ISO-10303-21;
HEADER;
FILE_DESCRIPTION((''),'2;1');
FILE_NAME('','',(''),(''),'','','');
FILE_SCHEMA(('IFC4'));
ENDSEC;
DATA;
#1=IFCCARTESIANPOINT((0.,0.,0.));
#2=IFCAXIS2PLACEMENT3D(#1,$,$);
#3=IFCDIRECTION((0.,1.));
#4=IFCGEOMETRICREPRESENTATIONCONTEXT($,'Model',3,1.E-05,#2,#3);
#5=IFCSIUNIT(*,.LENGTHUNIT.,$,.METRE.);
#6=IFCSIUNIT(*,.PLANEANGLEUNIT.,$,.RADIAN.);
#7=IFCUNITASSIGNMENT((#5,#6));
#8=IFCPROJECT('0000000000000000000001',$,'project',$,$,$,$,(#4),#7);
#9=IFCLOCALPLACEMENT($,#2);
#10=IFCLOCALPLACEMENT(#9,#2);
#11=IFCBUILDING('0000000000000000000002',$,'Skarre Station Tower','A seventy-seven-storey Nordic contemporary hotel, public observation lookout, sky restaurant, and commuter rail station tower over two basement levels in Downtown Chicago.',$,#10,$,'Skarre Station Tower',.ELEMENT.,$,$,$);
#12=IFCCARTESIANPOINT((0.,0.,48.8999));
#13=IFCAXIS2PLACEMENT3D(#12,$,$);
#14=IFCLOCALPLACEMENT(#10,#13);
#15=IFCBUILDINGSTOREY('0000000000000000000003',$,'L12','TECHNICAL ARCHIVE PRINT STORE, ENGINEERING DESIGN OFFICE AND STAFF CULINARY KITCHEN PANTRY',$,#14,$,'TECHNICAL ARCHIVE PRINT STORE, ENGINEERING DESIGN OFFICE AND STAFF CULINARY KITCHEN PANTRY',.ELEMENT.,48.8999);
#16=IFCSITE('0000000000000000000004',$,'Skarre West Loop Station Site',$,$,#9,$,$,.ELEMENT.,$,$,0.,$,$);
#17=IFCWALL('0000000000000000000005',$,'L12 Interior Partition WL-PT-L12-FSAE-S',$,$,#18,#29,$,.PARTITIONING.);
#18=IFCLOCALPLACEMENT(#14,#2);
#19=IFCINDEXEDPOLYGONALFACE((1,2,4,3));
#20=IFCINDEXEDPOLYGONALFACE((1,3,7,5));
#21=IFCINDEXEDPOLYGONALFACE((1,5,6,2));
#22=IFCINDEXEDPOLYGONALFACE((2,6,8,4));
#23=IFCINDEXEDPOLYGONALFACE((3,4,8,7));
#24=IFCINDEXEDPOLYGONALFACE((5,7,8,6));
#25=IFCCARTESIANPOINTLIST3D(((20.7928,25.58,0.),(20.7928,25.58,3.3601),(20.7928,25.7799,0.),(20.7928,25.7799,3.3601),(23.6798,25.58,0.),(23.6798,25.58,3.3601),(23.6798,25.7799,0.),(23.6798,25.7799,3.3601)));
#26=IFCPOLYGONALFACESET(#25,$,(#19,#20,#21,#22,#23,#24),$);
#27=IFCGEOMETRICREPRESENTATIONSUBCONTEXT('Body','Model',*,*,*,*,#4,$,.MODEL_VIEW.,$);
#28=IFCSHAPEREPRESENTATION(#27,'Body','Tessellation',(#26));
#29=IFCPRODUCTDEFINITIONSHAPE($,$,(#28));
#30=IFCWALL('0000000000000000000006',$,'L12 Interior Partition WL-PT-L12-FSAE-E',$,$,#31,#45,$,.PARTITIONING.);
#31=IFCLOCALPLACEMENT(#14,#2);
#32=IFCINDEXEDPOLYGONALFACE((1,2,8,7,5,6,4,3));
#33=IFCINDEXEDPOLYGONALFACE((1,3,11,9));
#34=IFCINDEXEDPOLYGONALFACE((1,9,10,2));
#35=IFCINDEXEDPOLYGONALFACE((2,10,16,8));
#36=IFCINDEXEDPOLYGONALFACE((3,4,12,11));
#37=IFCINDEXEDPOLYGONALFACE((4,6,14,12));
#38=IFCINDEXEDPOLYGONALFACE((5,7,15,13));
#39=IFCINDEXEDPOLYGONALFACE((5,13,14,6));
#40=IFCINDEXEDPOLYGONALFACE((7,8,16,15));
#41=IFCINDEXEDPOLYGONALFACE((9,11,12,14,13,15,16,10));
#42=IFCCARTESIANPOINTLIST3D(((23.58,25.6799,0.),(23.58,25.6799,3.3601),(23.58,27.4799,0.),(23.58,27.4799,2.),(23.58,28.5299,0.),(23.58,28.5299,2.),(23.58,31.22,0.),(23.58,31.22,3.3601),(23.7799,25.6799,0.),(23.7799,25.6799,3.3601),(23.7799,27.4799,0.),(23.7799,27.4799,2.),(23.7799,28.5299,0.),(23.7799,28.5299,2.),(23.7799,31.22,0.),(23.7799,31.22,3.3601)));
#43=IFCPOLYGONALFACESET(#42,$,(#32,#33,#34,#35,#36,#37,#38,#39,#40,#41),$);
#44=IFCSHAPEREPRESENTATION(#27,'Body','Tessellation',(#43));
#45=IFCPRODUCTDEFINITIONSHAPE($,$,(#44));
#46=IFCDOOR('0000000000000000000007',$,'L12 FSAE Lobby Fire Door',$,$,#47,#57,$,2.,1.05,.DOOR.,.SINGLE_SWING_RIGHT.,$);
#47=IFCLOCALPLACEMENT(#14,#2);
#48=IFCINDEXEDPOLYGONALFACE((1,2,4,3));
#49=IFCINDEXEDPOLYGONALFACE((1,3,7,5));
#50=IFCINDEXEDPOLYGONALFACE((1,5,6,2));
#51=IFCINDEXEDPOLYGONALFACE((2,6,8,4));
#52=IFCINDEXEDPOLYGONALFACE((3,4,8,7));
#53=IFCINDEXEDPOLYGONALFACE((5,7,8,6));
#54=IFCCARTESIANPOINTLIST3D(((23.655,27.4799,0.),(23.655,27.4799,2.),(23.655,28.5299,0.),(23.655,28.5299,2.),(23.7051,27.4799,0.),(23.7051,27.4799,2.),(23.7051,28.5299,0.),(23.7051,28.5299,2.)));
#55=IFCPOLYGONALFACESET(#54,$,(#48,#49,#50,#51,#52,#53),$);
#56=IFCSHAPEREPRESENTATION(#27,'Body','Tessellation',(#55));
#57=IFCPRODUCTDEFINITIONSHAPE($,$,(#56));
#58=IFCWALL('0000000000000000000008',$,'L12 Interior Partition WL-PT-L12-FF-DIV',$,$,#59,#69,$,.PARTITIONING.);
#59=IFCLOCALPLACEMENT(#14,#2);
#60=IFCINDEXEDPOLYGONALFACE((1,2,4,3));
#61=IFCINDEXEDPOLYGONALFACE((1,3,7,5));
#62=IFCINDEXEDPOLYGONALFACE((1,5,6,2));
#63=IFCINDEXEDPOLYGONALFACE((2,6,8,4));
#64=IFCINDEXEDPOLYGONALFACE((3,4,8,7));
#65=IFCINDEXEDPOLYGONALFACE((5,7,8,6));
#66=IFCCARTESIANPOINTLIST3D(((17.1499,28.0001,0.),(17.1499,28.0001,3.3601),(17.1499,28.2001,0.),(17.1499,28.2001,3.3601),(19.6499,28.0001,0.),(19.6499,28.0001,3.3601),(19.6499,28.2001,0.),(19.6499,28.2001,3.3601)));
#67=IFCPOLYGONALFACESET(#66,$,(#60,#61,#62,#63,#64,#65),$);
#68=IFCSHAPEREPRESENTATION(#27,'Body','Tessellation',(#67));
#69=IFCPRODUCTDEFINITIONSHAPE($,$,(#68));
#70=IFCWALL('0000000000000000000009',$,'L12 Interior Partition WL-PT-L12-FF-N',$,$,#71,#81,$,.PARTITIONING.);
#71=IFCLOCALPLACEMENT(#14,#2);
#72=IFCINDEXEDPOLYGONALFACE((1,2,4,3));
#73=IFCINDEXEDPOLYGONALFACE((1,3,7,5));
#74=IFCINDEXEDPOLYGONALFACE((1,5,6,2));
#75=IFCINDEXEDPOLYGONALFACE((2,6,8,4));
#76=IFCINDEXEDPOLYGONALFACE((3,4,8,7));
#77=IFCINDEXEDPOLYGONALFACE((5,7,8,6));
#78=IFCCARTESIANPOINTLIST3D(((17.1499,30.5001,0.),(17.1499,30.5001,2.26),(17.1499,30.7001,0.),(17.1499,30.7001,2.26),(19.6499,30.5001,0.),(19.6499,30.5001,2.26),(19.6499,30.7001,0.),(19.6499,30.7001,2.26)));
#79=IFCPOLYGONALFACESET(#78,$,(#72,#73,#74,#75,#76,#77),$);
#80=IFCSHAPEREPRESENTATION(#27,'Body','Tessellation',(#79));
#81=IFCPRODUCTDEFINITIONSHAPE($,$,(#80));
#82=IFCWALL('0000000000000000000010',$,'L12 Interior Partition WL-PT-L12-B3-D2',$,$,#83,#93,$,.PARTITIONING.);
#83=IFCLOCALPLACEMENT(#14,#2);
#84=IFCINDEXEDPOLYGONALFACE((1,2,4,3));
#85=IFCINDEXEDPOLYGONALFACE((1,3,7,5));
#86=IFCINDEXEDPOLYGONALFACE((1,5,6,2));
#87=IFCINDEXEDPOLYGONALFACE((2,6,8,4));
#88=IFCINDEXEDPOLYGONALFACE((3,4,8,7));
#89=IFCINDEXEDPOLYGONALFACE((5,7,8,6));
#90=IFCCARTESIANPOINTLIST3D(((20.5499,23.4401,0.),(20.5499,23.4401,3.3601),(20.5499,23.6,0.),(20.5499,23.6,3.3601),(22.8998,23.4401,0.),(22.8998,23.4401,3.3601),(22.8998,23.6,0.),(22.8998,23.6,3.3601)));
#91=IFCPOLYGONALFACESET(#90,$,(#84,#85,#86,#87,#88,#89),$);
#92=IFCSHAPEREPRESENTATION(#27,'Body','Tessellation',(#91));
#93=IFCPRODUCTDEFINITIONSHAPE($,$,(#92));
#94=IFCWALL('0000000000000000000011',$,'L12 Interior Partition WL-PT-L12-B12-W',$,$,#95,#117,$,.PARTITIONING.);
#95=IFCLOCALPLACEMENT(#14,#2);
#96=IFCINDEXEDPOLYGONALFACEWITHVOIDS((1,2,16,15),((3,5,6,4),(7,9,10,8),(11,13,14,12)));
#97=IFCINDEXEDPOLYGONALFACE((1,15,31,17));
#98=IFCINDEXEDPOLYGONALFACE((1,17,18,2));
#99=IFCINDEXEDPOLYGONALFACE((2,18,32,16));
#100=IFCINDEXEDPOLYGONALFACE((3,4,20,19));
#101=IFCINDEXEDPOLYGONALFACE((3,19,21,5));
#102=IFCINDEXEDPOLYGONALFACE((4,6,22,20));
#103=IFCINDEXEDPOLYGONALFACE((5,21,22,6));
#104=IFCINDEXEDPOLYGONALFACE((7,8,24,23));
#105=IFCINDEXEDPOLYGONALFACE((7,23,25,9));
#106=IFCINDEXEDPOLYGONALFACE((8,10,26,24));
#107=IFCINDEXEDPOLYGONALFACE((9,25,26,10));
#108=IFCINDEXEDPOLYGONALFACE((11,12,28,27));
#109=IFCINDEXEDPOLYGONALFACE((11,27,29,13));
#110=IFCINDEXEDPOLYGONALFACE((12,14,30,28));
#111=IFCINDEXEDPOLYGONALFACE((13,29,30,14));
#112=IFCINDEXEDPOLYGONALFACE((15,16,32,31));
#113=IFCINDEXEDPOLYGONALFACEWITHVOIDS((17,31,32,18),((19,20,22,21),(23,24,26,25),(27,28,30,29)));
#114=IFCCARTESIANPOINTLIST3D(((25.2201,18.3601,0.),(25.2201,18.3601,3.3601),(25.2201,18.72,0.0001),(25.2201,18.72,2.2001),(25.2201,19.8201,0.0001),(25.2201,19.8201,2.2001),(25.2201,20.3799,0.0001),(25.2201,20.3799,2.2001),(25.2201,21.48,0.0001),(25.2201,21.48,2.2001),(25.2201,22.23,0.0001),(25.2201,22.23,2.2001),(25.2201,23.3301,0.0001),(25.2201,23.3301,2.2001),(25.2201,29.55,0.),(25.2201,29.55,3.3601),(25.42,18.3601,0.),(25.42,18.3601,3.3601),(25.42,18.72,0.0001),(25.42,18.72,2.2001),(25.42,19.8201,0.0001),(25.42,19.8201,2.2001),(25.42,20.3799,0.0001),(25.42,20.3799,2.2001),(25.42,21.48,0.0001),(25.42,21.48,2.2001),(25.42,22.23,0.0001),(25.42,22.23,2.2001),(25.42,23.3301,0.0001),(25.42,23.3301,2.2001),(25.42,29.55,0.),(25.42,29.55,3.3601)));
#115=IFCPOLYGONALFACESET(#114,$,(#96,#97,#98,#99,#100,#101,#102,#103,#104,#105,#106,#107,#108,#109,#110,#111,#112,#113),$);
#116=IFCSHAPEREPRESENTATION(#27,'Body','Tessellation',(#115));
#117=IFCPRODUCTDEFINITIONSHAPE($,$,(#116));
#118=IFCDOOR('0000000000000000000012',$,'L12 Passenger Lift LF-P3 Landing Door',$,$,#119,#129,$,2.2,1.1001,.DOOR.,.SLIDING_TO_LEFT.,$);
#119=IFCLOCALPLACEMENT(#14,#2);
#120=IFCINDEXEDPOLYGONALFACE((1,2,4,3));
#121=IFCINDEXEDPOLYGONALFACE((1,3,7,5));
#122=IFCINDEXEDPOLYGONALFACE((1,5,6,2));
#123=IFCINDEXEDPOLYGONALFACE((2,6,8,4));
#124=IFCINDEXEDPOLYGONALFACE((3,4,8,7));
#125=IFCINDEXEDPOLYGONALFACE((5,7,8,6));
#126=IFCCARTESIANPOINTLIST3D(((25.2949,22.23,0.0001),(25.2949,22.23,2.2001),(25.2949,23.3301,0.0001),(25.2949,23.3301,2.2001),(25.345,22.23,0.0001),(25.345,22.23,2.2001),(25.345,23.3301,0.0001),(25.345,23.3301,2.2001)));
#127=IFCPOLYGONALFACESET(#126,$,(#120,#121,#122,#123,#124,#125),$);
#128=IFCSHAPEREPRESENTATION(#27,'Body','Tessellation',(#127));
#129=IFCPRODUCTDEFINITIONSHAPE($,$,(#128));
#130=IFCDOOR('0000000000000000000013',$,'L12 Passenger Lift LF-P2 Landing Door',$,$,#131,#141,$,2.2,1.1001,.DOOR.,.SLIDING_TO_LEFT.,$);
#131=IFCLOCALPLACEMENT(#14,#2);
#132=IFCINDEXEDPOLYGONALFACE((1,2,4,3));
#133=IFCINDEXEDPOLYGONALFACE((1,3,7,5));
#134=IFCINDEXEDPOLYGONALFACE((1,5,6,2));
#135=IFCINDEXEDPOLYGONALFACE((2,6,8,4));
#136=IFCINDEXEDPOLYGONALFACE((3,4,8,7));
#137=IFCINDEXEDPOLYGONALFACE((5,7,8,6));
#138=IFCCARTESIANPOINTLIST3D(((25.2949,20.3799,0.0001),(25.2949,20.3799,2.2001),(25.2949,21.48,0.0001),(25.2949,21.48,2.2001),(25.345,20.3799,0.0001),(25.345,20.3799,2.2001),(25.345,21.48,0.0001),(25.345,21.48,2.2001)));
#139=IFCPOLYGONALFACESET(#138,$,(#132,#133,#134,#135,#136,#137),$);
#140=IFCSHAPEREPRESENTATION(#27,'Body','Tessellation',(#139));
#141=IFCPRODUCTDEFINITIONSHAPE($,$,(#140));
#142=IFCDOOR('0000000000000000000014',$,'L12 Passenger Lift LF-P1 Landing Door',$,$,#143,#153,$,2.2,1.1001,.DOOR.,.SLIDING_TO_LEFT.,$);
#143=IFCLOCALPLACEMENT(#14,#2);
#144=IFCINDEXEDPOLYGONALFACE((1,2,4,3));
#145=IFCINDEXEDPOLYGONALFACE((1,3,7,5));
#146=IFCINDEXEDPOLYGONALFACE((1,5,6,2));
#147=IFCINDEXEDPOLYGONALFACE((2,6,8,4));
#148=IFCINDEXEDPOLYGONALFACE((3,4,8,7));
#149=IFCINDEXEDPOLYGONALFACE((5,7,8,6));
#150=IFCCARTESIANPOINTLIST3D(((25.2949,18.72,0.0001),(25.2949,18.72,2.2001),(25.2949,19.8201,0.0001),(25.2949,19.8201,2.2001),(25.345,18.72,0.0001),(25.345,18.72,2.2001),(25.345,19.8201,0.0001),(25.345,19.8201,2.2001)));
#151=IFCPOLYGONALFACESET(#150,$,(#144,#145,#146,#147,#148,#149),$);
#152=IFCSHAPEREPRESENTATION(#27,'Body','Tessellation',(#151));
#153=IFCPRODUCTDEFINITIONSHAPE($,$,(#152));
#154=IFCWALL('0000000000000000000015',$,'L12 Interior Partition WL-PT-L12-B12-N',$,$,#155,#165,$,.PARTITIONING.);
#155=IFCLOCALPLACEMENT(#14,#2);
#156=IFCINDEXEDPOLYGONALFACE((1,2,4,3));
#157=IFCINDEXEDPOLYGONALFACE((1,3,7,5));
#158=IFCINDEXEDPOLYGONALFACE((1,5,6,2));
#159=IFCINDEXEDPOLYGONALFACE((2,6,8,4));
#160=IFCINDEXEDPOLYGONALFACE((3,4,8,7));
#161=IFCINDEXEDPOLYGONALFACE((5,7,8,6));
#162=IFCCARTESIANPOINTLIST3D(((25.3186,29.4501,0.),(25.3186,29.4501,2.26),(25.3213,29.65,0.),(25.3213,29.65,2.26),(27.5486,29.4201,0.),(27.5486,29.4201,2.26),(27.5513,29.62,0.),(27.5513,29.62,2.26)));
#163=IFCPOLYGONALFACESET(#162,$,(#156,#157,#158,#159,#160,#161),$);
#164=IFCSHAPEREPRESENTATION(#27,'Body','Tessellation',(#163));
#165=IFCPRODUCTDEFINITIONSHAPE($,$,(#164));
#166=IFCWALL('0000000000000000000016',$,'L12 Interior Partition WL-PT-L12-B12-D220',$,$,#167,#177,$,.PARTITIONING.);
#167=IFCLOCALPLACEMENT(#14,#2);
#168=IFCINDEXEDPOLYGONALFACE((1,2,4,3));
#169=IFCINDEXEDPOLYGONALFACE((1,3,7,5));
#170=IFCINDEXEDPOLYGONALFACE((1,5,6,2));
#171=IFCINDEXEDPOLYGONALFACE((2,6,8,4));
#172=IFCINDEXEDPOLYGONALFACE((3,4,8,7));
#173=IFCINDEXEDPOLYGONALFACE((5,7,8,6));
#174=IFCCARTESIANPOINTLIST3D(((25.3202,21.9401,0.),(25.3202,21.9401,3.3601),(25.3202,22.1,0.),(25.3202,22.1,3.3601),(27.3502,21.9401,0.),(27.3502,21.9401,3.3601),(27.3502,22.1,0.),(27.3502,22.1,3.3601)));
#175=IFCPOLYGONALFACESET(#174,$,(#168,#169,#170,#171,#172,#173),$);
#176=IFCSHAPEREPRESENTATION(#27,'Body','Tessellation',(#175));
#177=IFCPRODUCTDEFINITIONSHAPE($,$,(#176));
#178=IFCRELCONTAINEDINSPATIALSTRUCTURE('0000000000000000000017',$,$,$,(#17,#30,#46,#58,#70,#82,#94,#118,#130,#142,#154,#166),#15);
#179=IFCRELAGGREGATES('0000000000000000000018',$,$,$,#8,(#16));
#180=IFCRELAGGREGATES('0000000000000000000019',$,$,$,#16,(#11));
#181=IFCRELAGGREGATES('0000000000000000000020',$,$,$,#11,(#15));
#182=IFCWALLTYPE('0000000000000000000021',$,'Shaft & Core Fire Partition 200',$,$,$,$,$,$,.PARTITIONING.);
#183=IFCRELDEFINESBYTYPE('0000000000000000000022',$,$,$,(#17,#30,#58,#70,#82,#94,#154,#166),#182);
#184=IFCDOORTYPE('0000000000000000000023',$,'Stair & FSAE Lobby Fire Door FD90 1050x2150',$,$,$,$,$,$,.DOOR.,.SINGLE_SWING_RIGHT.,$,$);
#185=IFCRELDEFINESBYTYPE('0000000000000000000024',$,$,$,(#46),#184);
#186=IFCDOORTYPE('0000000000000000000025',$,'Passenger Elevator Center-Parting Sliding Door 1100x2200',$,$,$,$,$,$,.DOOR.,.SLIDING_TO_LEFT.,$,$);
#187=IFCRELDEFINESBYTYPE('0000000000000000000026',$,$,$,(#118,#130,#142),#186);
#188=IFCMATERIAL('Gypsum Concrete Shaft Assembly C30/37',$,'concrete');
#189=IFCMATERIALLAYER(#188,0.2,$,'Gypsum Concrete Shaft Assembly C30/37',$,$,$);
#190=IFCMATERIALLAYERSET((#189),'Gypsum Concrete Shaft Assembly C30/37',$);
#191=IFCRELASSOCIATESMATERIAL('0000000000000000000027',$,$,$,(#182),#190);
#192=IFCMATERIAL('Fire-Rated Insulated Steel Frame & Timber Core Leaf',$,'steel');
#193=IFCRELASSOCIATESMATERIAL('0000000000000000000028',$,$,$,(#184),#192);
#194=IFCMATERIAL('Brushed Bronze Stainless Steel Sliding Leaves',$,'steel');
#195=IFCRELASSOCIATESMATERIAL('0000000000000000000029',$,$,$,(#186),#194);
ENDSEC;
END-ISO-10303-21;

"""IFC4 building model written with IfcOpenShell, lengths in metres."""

from ifc_helpers import new_model, si_unit, direction, frame, frame_2d, origin, place, context, subcontext, project, spatial, rectangle, extrude, material, layer, layer_set, type_object, element, fill, save


model = new_model("IFC4")

# Units and contexts
model_context = context("Model", 3, precision=1e-05, world=origin(), true_north=direction((0.0, 1.0)))
body_context = subcontext(model_context, "Body", "Model", "MODEL_VIEW")
ifc_project = project(units=[si_unit("LENGTHUNIT", "METRE"), si_unit("PLANEANGLEUNIT", "RADIAN")], contexts=[model_context])

# Site, building, storey
site_placement = place(None, origin())
site = spatial("IfcSite", under=ifc_project, at=site_placement, Name="Skarre West Loop Station Site", CompositionType="ELEMENT", RefElevation=0.0)
building_placement = place(site_placement, origin())
building = spatial("IfcBuilding", under=site, at=building_placement, Name="Skarre Station Tower", Description="A seventy-seven-storey Nordic contemporary hotel, public observation lookout, sky restaurant, and commuter rail station tower over two basement levels in Downtown Chicago.", LongName="Skarre Station Tower", CompositionType="ELEMENT")
storey_placement = place(building_placement, frame((0.0, 0.0, 48.8999)))
storey = spatial("IfcBuildingStorey", under=building, at=storey_placement, Name="L12", Description="TECHNICAL ARCHIVE PRINT STORE, ENGINEERING DESIGN OFFICE AND STAFF CULINARY KITCHEN PANTRY", LongName="TECHNICAL ARCHIVE PRINT STORE, ENGINEERING DESIGN OFFICE AND STAFF CULINARY KITCHEN PANTRY", CompositionType="ELEMENT", Elevation=48.8999)

# Shared definitions
ifc_material_1 = material(Name="Gypsum Concrete Shaft Assembly C30/37", Category="concrete")
ifc_layer_1 = layer(ifc_material_1, 0.2, Name="Gypsum Concrete Shaft Assembly C30/37")
ifc_layer_set_1 = layer_set([ifc_layer_1], Name="Gypsum Concrete Shaft Assembly C30/37")
wall_type_1 = type_object("IfcWallType", Name="Shaft & Core Fire Partition 200", PredefinedType="PARTITIONING", material=ifc_layer_set_1)

# Wall
wall_1_placement = place(storey_placement, frame((20.793, 25.6799, 0.0), z_axis=(0.0, 0.0, 1.0), x_axis=(1.0, 0.0, 0.0)))
element("IfcWall", 1, at=wall_1_placement, inside=storey, type_object=wall_type_1, Name="L12 Interior Partition WL-PT-L12-FSAE-S", PredefinedType="PARTITIONING", context=body_context, shape_type="SweptSolid", body=[
    extrude(rectangle(XDim=2.887, YDim=0.2, at=frame_2d((1.4434, 0.0))), origin(), (0.0, 0.0, 1.0), 3.3601),
])

# Wall, opening, door
wall_2_placement = place(storey_placement, frame((23.6799, 25.6799, 0.0), z_axis=(0.0, 0.0, 1.0), x_axis=(0.0, 1.0, 0.0)))
wall_2 = element("IfcWall", 2, at=wall_2_placement, inside=storey, type_object=wall_type_1, Name="L12 Interior Partition WL-PT-L12-FSAE-E", PredefinedType="PARTITIONING", context=body_context, shape_type="SweptSolid", body=[
    extrude(rectangle(XDim=5.54, YDim=0.2, at=frame_2d((2.77, 0.0))), origin(), (0.0, 0.0, 1.0), 3.3601),
])
opening_1_placement = place(wall_2_placement, frame((1.8, 0.0, 0.0)))
opening_1 = element("IfcOpeningElement", 3, at=opening_1_placement, cuts=wall_2, PredefinedType="OPENING", context=body_context, shape_type="SweptSolid", body=[
    extrude(rectangle(XDim=1.05, YDim=2.0, at=frame_2d((0.5249, 1.0))), frame((0.0, 0.1099, 0.0), z_axis=(0.0, -1.0, 0.0), x_axis=(1.0, 0.0, 0.0)), (0.0, 0.0, 1.0), 0.22),
])
ifc_material_2 = material(Name="Fire-Rated Insulated Steel Frame & Timber Core Leaf", Category="steel")
door_type_1 = type_object("IfcDoorType", Name="Stair & FSAE Lobby Fire Door FD90 1050x2150", OperationType="SINGLE_SWING_RIGHT", PredefinedType="DOOR", material=ifc_material_2)
door_1_placement = place(opening_1_placement, origin())
door_1 = element("IfcDoor", 4, at=door_1_placement, inside=storey, type_object=door_type_1, Name="L12 FSAE Lobby Fire Door", OperationType="SINGLE_SWING_RIGHT", OverallHeight=2.0, OverallWidth=1.05, PredefinedType="DOOR", context=body_context, shape_type="SweptSolid", body=[
    extrude(rectangle(XDim=1.05, YDim=2.0, at=frame_2d((0.5249, 1.0))), frame((0.0, 0.0249, 0.0), z_axis=(0.0, -1.0, 0.0), x_axis=(1.0, 0.0, 0.0)), (0.0, 0.0, 1.0), 0.05),
])
fill(opening_1, door_1)

# Walls
wall_3_placement = place(storey_placement, frame((17.1499, 28.1001, 0.0), z_axis=(0.0, 0.0, 1.0), x_axis=(1.0, 0.0, 0.0)))
element("IfcWall", 5, at=wall_3_placement, inside=storey, type_object=wall_type_1, Name="L12 Interior Partition WL-PT-L12-FF-DIV", PredefinedType="PARTITIONING", context=body_context, shape_type="SweptSolid", body=[
    extrude(rectangle(XDim=2.5, YDim=0.2, at=frame_2d((1.25, 0.0))), origin(), (0.0, 0.0, 1.0), 3.3601),
])
wall_4_placement = place(storey_placement, frame((19.6499, 30.6001, 0.0), z_axis=(0.0, 0.0, 1.0), x_axis=(-1.0, 0.0, 0.0)))
element("IfcWall", 6, at=wall_4_placement, inside=storey, type_object=wall_type_1, Name="L12 Interior Partition WL-PT-L12-FF-N", PredefinedType="PARTITIONING", context=body_context, shape_type="SweptSolid", body=[
    extrude(rectangle(XDim=2.5, YDim=0.2, at=frame_2d((1.25, 0.0))), origin(), (0.0, 0.0, 1.0), 2.26),
])
wall_5_placement = place(storey_placement, frame((20.55, 23.52, 0.0), z_axis=(0.0, 0.0, 1.0), x_axis=(1.0, 0.0, 0.0)))
element("IfcWall", 7, at=wall_5_placement, inside=storey, type_object=wall_type_1, Name="L12 Interior Partition WL-PT-L12-B3-D2", PredefinedType="PARTITIONING", context=body_context, shape_type="SweptSolid", body=[
    extrude(rectangle(XDim=2.3499, YDim=0.1599, at=frame_2d((1.1748, 0.0))), origin(), (0.0, 0.0, 1.0), 3.3601),
])

# Wall, openings, doors
wall_6_placement = place(storey_placement, frame((25.3201, 29.55, 0.0), z_axis=(0.0, 0.0, 1.0), x_axis=(0.0, -1.0, 0.0)))
wall_6 = element("IfcWall", 8, at=wall_6_placement, inside=storey, type_object=wall_type_1, Name="L12 Interior Partition WL-PT-L12-B12-W", PredefinedType="PARTITIONING", context=body_context, shape_type="SweptSolid", body=[
    extrude(rectangle(XDim=11.1899, YDim=0.2, at=frame_2d((5.595, 0.0))), origin(), (0.0, 0.0, 1.0), 3.3601),
])
opening_2_placement = place(wall_6_placement, frame((6.22, 0.0, 0.0)))
opening_2 = element("IfcOpeningElement", 9, at=opening_2_placement, cuts=wall_6, PredefinedType="OPENING", context=body_context, shape_type="SweptSolid", body=[
    extrude(rectangle(XDim=1.1001, YDim=2.2, at=frame_2d((0.55, 1.1001))), frame((0.0, 0.1099, 0.0), z_axis=(0.0, -1.0, 0.0), x_axis=(1.0, 0.0, 0.0)), (0.0, 0.0, 1.0), 0.22),
])
opening_3_placement = place(wall_6_placement, frame((8.0701, 0.0, 0.0)))
opening_3 = element("IfcOpeningElement", 10, at=opening_3_placement, cuts=wall_6, PredefinedType="OPENING", context=body_context, shape_type="SweptSolid", body=[
    extrude(rectangle(XDim=1.1001, YDim=2.2, at=frame_2d((0.55, 1.1001))), frame((0.0, 0.1099, 0.0), z_axis=(0.0, -1.0, 0.0), x_axis=(1.0, 0.0, 0.0)), (0.0, 0.0, 1.0), 0.22),
])
opening_4_placement = place(wall_6_placement, frame((9.73, 0.0, 0.0)))
opening_4 = element("IfcOpeningElement", 11, at=opening_4_placement, cuts=wall_6, PredefinedType="OPENING", context=body_context, shape_type="SweptSolid", body=[
    extrude(rectangle(XDim=1.1001, YDim=2.2, at=frame_2d((0.55, 1.1001))), frame((0.0, 0.1099, 0.0), z_axis=(0.0, -1.0, 0.0), x_axis=(1.0, 0.0, 0.0)), (0.0, 0.0, 1.0), 0.22),
])
ifc_material_3 = material(Name="Brushed Bronze Stainless Steel Sliding Leaves", Category="steel")
door_type_2 = type_object("IfcDoorType", Name="Passenger Elevator Center-Parting Sliding Door 1100x2200", OperationType="SLIDING_TO_LEFT", PredefinedType="DOOR", material=ifc_material_3)
door_2_placement = place(opening_2_placement, origin())
door_2 = element("IfcDoor", 12, at=door_2_placement, inside=storey, type_object=door_type_2, Name="L12 Passenger Lift LF-P3 Landing Door", OperationType="SLIDING_TO_LEFT", OverallHeight=2.2, OverallWidth=1.1001, PredefinedType="DOOR", context=body_context, shape_type="SweptSolid", body=[
    extrude(rectangle(XDim=1.1001, YDim=2.2, at=frame_2d((0.55, 1.1001))), frame((0.0, 0.0249, 0.0), z_axis=(0.0, -1.0, 0.0), x_axis=(1.0, 0.0, 0.0)), (0.0, 0.0, 1.0), 0.05),
])
fill(opening_2, door_2)
door_3_placement = place(opening_3_placement, origin())
door_3 = element("IfcDoor", 13, at=door_3_placement, inside=storey, type_object=door_type_2, Name="L12 Passenger Lift LF-P2 Landing Door", OperationType="SLIDING_TO_LEFT", OverallHeight=2.2, OverallWidth=1.1001, PredefinedType="DOOR", context=body_context, shape_type="SweptSolid", body=[
    extrude(rectangle(XDim=1.1001, YDim=2.2, at=frame_2d((0.55, 1.1001))), frame((0.0, 0.0249, 0.0), z_axis=(0.0, -1.0, 0.0), x_axis=(1.0, 0.0, 0.0)), (0.0, 0.0, 1.0), 0.05),
])
fill(opening_3, door_3)
door_4_placement = place(opening_4_placement, origin())
door_4 = element("IfcDoor", 14, at=door_4_placement, inside=storey, type_object=door_type_2, Name="L12 Passenger Lift LF-P1 Landing Door", OperationType="SLIDING_TO_LEFT", OverallHeight=2.2, OverallWidth=1.1001, PredefinedType="DOOR", context=body_context, shape_type="SweptSolid", body=[
    extrude(rectangle(XDim=1.1001, YDim=2.2, at=frame_2d((0.55, 1.1001))), frame((0.0, 0.0249, 0.0), z_axis=(0.0, -1.0, 0.0), x_axis=(1.0, 0.0, 0.0)), (0.0, 0.0, 1.0), 0.05),
])
fill(opening_4, door_4)

# Walls
wall_7_placement = place(storey_placement, frame((27.55, 29.52, 0.0), z_axis=(0.0, 0.0, 1.0), x_axis=(-0.999909, 0.013465, 0.0)))
element("IfcWall", 15, at=wall_7_placement, inside=storey, type_object=wall_type_1, Name="L12 Interior Partition WL-PT-L12-B12-N", PredefinedType="PARTITIONING", context=body_context, shape_type="SweptSolid", body=[
    extrude(rectangle(XDim=2.2302, YDim=0.2, at=frame_2d((1.1152, 0.0))), origin(), (0.0, 0.0, 1.0), 2.26),
])
for number, where, z_axis, x_axis, name in (
    (16, (25.3201, 22.02, 0.0), (0.0, 0.0, 1.0), (1.0, 0.0, 0.0), "L12 Interior Partition WL-PT-L12-B12-D220"),
):
    element("IfcWall", number, at=place(storey_placement, frame(where, z_axis=z_axis, x_axis=x_axis)), inside=storey, type_object=wall_type_1, Name=name, PredefinedType="PARTITIONING", context=body_context, shape_type="SweptSolid", body=[
        extrude(rectangle(XDim=2.03, YDim=0.1599, at=frame_2d((1.0151, 0.0))), origin(), (0.0, 0.0, 1.0), 3.3601),
    ])

save(model, "model.ifc")
